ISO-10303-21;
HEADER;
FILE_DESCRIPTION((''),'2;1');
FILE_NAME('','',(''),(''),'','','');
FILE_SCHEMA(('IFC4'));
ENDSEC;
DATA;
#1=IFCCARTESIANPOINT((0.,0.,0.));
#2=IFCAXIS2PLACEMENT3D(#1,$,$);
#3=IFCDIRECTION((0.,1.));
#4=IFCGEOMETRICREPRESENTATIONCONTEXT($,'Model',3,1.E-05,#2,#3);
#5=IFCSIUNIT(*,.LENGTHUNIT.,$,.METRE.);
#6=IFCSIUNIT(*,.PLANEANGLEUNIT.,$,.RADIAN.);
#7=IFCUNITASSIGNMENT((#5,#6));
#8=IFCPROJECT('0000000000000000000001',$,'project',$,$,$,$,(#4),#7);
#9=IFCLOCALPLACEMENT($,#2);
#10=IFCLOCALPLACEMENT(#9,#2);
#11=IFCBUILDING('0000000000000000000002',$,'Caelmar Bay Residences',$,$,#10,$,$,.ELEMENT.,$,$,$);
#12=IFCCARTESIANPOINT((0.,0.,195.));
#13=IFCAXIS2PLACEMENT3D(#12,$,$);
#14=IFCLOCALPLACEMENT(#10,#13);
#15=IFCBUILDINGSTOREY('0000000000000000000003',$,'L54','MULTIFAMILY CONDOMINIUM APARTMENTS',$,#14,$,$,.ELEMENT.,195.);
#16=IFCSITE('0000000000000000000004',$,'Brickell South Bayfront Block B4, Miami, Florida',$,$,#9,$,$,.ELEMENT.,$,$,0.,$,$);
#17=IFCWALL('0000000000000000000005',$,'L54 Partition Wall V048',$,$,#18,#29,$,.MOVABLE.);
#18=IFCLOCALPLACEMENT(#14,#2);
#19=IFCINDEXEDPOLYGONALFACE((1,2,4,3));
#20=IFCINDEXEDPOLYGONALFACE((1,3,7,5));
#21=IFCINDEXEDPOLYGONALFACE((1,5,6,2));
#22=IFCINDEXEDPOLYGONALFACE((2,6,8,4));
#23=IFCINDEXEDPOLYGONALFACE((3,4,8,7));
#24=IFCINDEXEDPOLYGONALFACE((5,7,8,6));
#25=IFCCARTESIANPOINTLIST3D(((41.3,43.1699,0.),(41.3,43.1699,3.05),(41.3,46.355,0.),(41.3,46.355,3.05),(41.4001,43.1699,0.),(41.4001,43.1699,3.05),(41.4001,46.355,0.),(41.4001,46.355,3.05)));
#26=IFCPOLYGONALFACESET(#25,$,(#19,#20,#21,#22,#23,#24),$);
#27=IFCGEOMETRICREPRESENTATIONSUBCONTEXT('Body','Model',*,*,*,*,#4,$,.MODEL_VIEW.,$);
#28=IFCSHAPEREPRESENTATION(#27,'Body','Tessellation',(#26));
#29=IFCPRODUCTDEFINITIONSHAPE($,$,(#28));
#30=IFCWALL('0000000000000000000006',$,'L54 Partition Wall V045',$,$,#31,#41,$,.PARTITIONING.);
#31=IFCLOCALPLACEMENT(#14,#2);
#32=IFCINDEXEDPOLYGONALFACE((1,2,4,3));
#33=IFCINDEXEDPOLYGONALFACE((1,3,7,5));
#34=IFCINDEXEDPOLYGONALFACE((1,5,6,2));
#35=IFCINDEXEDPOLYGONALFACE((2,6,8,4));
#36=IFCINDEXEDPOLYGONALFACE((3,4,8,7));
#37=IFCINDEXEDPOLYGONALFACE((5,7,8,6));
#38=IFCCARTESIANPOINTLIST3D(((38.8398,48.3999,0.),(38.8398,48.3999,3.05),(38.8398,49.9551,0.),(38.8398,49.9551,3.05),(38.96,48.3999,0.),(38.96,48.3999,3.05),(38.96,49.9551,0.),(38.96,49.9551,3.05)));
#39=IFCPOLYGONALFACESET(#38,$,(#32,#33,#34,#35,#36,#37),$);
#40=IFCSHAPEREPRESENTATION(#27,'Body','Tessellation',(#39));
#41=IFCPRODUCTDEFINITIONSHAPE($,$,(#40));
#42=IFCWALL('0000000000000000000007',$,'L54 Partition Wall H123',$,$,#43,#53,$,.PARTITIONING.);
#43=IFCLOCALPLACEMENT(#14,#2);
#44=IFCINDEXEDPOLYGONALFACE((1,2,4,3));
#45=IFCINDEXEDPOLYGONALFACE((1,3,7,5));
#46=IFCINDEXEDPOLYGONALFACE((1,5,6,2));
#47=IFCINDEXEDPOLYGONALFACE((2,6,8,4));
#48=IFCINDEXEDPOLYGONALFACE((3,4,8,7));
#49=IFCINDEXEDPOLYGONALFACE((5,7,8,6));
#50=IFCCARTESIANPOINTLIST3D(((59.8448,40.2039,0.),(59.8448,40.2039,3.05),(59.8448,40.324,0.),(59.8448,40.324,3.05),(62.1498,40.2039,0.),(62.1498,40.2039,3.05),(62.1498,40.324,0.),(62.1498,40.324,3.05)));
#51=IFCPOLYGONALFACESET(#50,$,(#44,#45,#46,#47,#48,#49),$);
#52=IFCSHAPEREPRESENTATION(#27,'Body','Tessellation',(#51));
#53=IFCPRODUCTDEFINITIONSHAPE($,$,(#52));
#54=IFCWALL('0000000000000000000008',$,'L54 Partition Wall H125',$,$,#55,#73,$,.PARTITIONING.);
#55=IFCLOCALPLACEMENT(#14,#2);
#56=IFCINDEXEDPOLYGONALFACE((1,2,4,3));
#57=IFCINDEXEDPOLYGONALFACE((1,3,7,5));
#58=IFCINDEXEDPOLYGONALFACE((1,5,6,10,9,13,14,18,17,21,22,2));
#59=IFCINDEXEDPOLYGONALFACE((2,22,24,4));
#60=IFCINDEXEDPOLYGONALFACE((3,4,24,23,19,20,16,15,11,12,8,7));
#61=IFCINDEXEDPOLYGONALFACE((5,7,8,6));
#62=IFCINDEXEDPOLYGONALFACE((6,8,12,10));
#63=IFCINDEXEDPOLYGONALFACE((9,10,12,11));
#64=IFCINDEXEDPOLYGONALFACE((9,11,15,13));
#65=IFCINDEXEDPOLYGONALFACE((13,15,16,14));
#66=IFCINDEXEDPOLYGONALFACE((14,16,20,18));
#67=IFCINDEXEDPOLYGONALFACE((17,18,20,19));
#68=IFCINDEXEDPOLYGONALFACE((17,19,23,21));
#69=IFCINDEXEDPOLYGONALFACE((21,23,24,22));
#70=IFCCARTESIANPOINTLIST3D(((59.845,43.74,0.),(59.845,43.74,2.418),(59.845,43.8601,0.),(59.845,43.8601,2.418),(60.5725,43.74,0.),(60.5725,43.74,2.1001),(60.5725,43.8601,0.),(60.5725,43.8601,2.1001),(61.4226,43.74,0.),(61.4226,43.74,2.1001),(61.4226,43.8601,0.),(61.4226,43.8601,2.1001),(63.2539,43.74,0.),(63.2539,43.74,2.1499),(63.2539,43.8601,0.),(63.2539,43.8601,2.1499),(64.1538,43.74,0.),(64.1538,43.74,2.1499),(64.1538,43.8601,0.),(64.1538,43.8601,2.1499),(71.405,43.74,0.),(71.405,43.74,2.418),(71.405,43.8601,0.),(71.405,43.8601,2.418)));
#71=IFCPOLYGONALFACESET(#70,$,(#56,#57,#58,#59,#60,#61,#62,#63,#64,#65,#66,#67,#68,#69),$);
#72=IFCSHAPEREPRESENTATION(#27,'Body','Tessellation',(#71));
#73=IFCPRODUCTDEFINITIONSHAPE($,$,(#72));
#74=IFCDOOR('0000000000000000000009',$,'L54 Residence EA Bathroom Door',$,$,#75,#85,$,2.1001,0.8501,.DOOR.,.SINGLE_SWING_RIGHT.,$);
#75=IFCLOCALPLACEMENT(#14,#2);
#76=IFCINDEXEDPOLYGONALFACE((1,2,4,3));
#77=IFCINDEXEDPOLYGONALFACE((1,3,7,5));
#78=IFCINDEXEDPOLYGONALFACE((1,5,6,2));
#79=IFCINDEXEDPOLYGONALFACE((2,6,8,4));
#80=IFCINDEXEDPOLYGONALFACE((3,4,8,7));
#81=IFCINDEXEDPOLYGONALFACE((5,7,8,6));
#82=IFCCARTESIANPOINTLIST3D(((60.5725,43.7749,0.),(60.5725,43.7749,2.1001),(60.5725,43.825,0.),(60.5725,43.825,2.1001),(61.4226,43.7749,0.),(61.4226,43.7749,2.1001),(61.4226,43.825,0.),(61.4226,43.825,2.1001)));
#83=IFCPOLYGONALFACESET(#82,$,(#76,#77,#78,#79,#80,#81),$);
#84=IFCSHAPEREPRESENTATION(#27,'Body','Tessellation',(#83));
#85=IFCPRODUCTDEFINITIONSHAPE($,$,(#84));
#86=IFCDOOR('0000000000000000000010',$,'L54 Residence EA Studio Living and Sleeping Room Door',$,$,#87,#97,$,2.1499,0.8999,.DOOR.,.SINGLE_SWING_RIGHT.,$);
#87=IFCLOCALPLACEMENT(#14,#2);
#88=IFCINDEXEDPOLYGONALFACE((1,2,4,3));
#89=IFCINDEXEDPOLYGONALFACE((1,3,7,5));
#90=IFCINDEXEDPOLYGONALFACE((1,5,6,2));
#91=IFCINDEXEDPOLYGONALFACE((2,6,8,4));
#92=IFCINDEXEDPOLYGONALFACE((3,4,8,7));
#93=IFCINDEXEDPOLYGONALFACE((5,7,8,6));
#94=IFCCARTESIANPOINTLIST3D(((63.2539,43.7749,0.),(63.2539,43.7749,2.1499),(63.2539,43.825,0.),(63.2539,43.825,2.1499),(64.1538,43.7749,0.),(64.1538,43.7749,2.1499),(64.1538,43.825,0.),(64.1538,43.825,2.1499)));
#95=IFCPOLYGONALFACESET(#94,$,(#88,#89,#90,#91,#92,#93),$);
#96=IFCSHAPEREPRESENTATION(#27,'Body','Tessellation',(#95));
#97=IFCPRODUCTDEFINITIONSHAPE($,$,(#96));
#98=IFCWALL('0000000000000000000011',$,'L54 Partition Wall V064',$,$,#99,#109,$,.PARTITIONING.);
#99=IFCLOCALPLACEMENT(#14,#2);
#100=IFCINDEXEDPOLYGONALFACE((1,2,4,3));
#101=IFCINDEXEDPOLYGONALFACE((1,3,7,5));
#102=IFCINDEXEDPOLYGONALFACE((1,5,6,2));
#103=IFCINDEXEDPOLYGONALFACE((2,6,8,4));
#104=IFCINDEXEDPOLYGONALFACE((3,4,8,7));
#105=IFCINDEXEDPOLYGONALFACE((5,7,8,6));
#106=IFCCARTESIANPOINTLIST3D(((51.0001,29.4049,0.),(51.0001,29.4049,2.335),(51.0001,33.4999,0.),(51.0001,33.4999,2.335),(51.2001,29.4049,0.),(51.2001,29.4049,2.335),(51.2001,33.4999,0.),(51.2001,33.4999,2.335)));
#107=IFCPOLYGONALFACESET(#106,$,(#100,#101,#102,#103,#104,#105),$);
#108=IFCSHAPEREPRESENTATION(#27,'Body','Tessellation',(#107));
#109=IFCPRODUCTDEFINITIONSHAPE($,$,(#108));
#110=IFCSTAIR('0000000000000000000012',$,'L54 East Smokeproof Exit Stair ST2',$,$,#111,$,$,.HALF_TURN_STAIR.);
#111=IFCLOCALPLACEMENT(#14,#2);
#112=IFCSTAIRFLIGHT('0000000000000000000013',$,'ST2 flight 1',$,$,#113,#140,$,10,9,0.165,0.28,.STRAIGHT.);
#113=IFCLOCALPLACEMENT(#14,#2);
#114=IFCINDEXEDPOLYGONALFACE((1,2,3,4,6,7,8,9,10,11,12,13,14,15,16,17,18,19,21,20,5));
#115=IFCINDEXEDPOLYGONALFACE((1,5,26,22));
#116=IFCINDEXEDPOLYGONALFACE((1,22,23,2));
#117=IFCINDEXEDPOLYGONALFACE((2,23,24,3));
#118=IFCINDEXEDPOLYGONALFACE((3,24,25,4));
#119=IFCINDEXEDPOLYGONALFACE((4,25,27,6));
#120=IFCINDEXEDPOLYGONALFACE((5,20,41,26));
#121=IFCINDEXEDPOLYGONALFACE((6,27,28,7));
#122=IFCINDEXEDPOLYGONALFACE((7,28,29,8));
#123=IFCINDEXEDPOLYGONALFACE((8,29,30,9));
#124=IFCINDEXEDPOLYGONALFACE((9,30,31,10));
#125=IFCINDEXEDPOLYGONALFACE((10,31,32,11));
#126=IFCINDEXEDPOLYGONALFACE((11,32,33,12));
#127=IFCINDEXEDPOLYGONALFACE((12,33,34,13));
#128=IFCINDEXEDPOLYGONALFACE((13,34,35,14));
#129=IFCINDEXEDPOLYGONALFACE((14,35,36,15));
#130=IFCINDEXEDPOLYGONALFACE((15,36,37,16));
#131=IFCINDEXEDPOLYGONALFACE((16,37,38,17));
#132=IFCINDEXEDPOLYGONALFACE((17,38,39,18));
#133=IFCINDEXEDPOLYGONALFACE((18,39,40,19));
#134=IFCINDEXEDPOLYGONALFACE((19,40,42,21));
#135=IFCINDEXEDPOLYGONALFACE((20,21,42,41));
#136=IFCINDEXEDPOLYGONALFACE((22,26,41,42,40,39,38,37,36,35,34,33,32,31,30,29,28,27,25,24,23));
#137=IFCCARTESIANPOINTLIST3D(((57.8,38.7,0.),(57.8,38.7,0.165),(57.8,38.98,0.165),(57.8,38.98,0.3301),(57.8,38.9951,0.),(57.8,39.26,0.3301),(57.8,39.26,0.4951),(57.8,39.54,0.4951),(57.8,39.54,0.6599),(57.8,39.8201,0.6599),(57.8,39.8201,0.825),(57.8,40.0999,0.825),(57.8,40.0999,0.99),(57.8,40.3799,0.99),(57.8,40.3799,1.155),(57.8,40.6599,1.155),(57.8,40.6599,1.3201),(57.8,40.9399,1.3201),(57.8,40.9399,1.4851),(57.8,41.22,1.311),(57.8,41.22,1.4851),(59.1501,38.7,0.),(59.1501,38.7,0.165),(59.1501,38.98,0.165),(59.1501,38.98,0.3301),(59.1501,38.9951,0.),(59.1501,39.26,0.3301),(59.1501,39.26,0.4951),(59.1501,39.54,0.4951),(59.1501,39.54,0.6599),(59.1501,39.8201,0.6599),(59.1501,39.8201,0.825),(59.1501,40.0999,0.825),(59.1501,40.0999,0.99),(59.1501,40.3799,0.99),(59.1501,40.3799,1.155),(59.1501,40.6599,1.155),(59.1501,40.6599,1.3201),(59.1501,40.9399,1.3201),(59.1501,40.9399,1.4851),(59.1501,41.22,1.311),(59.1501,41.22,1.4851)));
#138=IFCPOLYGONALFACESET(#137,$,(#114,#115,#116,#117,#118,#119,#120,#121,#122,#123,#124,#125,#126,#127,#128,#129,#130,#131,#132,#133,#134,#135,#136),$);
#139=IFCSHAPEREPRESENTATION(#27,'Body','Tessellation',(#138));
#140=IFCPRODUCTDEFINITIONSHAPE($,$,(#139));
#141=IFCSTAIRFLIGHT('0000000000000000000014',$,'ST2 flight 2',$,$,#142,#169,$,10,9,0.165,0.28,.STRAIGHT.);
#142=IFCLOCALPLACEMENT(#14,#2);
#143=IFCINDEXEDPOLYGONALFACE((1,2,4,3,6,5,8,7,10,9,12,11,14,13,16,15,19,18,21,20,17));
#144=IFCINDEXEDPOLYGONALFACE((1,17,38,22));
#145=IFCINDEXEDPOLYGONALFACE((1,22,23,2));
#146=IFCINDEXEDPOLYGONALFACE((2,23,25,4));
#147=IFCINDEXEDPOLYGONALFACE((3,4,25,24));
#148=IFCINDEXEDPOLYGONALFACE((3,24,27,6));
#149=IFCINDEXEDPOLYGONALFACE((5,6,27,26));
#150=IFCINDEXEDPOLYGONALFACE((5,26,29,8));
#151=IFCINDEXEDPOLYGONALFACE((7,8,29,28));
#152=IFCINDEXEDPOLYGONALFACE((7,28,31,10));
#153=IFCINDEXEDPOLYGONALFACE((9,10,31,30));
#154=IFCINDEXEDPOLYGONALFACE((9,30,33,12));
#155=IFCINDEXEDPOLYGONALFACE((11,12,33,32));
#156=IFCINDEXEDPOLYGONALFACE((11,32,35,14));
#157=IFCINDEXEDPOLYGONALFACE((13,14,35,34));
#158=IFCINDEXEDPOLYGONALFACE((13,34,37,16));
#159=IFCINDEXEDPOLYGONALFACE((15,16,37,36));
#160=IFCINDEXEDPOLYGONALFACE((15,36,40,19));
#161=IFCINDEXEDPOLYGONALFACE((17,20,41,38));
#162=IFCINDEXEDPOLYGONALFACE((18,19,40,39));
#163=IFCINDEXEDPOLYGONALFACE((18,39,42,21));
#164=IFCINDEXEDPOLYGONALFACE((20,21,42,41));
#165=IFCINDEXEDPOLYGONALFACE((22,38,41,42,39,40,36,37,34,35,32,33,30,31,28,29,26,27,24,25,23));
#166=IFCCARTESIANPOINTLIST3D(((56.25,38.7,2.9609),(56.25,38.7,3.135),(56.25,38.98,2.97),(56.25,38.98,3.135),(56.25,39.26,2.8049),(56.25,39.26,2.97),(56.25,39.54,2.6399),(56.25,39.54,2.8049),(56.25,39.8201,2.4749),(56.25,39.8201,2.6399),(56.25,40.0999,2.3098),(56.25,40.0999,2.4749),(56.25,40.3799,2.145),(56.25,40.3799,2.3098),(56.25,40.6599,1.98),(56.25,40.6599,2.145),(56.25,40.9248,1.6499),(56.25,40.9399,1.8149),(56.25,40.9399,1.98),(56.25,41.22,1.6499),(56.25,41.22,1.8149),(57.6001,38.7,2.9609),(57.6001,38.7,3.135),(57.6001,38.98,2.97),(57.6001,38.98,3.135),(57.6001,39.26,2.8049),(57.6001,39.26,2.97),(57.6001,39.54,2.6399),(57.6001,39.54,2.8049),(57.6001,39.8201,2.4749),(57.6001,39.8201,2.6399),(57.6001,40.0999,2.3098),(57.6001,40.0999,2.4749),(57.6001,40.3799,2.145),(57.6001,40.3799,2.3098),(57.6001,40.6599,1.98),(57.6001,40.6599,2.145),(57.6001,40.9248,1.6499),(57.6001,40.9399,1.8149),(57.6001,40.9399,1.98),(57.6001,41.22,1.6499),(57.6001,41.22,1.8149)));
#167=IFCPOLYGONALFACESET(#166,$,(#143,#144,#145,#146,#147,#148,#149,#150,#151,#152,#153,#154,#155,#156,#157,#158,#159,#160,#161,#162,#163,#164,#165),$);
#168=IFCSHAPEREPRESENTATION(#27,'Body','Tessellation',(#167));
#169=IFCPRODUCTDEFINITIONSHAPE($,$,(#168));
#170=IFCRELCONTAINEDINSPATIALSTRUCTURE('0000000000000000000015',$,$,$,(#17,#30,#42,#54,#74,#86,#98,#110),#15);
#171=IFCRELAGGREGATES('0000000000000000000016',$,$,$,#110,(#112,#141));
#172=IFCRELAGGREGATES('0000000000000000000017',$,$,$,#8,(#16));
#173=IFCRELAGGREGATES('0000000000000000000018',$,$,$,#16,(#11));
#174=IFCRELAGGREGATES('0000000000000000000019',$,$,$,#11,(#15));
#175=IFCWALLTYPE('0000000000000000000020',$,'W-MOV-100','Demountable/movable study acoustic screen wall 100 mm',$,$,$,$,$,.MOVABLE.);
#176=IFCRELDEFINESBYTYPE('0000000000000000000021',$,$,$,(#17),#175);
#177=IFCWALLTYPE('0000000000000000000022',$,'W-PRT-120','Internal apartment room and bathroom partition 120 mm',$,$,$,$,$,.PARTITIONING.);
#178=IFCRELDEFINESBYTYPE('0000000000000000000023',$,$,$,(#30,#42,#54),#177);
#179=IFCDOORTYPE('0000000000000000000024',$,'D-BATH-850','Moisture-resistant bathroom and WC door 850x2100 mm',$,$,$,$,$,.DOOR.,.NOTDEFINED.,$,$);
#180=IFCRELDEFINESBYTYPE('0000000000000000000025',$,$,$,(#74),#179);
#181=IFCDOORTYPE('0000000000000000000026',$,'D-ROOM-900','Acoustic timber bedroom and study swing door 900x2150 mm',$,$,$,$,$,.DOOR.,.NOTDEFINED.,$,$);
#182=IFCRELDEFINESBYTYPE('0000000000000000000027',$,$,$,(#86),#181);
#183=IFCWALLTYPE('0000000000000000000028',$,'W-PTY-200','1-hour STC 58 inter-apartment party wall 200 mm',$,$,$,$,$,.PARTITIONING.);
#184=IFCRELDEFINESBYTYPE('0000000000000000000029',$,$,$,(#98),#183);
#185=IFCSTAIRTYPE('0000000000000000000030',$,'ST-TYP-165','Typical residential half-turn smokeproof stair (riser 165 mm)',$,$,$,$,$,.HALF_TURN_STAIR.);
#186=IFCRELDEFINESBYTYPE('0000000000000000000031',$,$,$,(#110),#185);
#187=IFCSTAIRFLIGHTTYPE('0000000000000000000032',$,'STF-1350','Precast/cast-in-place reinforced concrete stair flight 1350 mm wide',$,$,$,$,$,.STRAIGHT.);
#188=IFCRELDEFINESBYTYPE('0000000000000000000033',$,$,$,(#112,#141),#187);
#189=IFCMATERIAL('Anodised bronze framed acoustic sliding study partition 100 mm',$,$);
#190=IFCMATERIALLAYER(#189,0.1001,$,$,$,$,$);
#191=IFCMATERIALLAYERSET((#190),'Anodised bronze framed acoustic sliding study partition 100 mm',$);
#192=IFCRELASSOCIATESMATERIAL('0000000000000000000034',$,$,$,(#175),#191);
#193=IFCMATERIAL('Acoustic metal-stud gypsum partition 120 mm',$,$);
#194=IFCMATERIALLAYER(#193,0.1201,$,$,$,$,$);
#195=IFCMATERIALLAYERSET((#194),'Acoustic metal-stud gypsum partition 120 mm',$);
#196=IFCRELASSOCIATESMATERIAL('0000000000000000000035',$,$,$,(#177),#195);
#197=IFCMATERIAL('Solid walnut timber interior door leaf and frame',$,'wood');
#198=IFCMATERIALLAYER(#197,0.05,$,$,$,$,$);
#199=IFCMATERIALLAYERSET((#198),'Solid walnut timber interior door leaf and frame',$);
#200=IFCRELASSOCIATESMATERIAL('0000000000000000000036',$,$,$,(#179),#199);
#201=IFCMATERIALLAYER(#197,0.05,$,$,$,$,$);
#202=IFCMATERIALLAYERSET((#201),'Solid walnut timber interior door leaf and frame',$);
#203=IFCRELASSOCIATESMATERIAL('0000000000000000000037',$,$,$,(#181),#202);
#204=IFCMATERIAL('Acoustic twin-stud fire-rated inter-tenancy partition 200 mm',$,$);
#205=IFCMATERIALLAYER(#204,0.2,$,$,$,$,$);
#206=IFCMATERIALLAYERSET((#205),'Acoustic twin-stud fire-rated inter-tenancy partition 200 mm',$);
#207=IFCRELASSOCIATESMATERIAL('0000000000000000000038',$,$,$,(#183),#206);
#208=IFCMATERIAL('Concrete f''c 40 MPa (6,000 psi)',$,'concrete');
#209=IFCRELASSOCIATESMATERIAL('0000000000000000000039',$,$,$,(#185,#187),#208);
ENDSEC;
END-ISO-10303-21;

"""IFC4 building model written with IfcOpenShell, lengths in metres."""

from ifc_helpers import new_model, si_unit, direction, frame, frame_2d, origin, place, context, subcontext, project, spatial, polyline, rectangle, outline, extrude, material, layer, layer_set, type_object, element, fill, aggregate, save


model = new_model("IFC4")

# Units and contexts
model_context = context("Model", 3, precision=1e-05, world=origin(), true_north=direction((0.0, 1.0)))
body_context = subcontext(model_context, "Body", "Model", "MODEL_VIEW")
ifc_project = project(units=[si_unit("LENGTHUNIT", "METRE"), si_unit("PLANEANGLEUNIT", "RADIAN")], contexts=[model_context])

# Site, building, storey
site_placement = place(None, origin())
site = spatial("IfcSite", under=ifc_project, at=site_placement, Name="Brickell South Bayfront Block B4, Miami, Florida", CompositionType="ELEMENT", RefElevation=0.0)
building_placement = place(site_placement, origin())
building = spatial("IfcBuilding", under=site, at=building_placement, Name="Caelmar Bay Residences", CompositionType="ELEMENT")
storey_placement = place(building_placement, frame((0.0, 0.0, 195.0)))
storey = spatial("IfcBuildingStorey", under=building, at=storey_placement, Name="L54", Description="MULTIFAMILY CONDOMINIUM APARTMENTS", CompositionType="ELEMENT", Elevation=195.0)

# Walls
ifc_material_1 = material(Name="Anodised bronze framed acoustic sliding study partition 100 mm")
ifc_layer_1 = layer(ifc_material_1, 0.1001)
ifc_layer_set_1 = layer_set([ifc_layer_1], Name="Anodised bronze framed acoustic sliding study partition 100 mm")
wall_type_1 = type_object("IfcWallType", Name="W-MOV-100", Description="Demountable/movable study acoustic screen wall 100 mm", PredefinedType="MOVABLE", material=ifc_layer_set_1)
wall_1_placement = place(storey_placement, frame((41.3501, 43.1699, 0.0), z_axis=(0.0, 0.0, 1.0), x_axis=(0.0, 1.0, 0.0)))
element("IfcWall", 1, at=wall_1_placement, inside=storey, type_object=wall_type_1, Name="L54 Partition Wall V048", PredefinedType="MOVABLE", context=body_context, shape_type="SweptSolid", body=[
    extrude(rectangle(XDim=3.1851, YDim=0.1001, at=frame_2d((1.5925, 0.0))), origin(), (0.0, 0.0, 1.0), 3.05),
])
ifc_material_2 = material(Name="Acoustic metal-stud gypsum partition 120 mm")
ifc_layer_2 = layer(ifc_material_2, 0.1201)
ifc_layer_set_2 = layer_set([ifc_layer_2], Name="Acoustic metal-stud gypsum partition 120 mm")
wall_type_2 = type_object("IfcWallType", Name="W-PRT-120", Description="Internal apartment room and bathroom partition 120 mm", PredefinedType="PARTITIONING", material=ifc_layer_set_2)
wall_2_placement = place(storey_placement, frame((38.8999, 48.3999, 0.0), z_axis=(0.0, 0.0, 1.0), x_axis=(0.0, 1.0, 0.0)))
element("IfcWall", 2, at=wall_2_placement, inside=storey, type_object=wall_type_2, Name="L54 Partition Wall V045", PredefinedType="PARTITIONING", context=body_context, shape_type="SweptSolid", body=[
    extrude(rectangle(XDim=1.5552, YDim=0.1201, at=frame_2d((0.7776, 0.0))), origin(), (0.0, 0.0, 1.0), 3.05),
])
wall_3_placement = place(storey_placement, frame((59.845, 40.2639, 0.0), z_axis=(0.0, 0.0, 1.0), x_axis=(1.0, 0.0, 0.0)))
element("IfcWall", 3, at=wall_3_placement, inside=storey, type_object=wall_type_2, Name="L54 Partition Wall H123", PredefinedType="PARTITIONING", context=body_context, shape_type="SweptSolid", body=[
    extrude(rectangle(XDim=2.3049, YDim=0.1201, at=frame_2d((1.1523, 0.0))), origin(), (0.0, 0.0, 1.0), 3.05),
])

# Wall, openings, doors
wall_4_placement = place(storey_placement, frame((59.845, 43.8, 0.0), z_axis=(0.0, 0.0, 1.0), x_axis=(1.0, 0.0, 0.0)))
wall_4 = element("IfcWall", 4, at=wall_4_placement, inside=storey, type_object=wall_type_2, Name="L54 Partition Wall H125", PredefinedType="PARTITIONING", context=body_context, shape_type="SweptSolid", body=[
    extrude(rectangle(XDim=11.5601, YDim=0.1201, at=frame_2d((5.78, 0.0))), origin(), (0.0, 0.0, 1.0), 2.418),
])
opening_1_placement = place(wall_4_placement, frame((3.4089, 0.0, 0.0)))
opening_1 = element("IfcOpeningElement", 5, at=opening_1_placement, cuts=wall_4, PredefinedType="OPENING", context=body_context, shape_type="SweptSolid", body=[
    extrude(rectangle(XDim=0.8999, YDim=2.1499, at=frame_2d((0.45, 1.075))), frame((0.0, 0.0701, 0.0), z_axis=(0.0, -1.0, 0.0), x_axis=(1.0, 0.0, 0.0)), (0.0, 0.0, 1.0), 0.1401),
])
opening_2_placement = place(wall_4_placement, frame((0.7275, 0.0, 0.0)))
opening_2 = element("IfcOpeningElement", 6, at=opening_2_placement, cuts=wall_4, PredefinedType="OPENING", context=body_context, shape_type="SweptSolid", body=[
    extrude(rectangle(XDim=0.8501, YDim=2.1001, at=frame_2d((0.425, 1.05))), frame((0.0, 0.0701, 0.0), z_axis=(0.0, -1.0, 0.0), x_axis=(1.0, 0.0, 0.0)), (0.0, 0.0, 1.0), 0.1401),
])
ifc_material_3 = material(Name="Solid walnut timber interior door leaf and frame", Category="wood")
ifc_layer_3 = layer(ifc_material_3, 0.05)
ifc_layer_set_3 = layer_set([ifc_layer_3], Name="Solid walnut timber interior door leaf and frame")
door_type_1 = type_object("IfcDoorType", Name="D-BATH-850", Description="Moisture-resistant bathroom and WC door 850x2100 mm", OperationType="NOTDEFINED", PredefinedType="DOOR", material=ifc_layer_set_3)
door_1_placement = place(opening_2_placement, origin())
door_1 = element("IfcDoor", 7, at=door_1_placement, inside=storey, type_object=door_type_1, Name="L54 Residence EA Bathroom Door", OperationType="SINGLE_SWING_RIGHT", OverallHeight=2.1001, OverallWidth=0.8501, PredefinedType="DOOR", context=body_context, shape_type="SweptSolid", body=[
    extrude(rectangle(XDim=0.8501, YDim=2.1001, at=frame_2d((0.425, 1.05))), frame((0.0, 0.0249, 0.0), z_axis=(0.0, -1.0, 0.0), x_axis=(1.0, 0.0, 0.0)), (0.0, 0.0, 1.0), 0.05),
])
fill(opening_2, door_1)
ifc_layer_4 = layer(ifc_material_3, 0.05)
ifc_layer_set_4 = layer_set([ifc_layer_4], Name="Solid walnut timber interior door leaf and frame")
door_type_2 = type_object("IfcDoorType", Name="D-ROOM-900", Description="Acoustic timber bedroom and study swing door 900x2150 mm", OperationType="NOTDEFINED", PredefinedType="DOOR", material=ifc_layer_set_4)
door_2_placement = place(opening_1_placement, origin())
door_2 = element("IfcDoor", 8, at=door_2_placement, inside=storey, type_object=door_type_2, Name="L54 Residence EA Studio Living and Sleeping Room Door", OperationType="SINGLE_SWING_RIGHT", OverallHeight=2.1499, OverallWidth=0.8999, PredefinedType="DOOR", context=body_context, shape_type="SweptSolid", body=[
    extrude(rectangle(XDim=0.8999, YDim=2.1499, at=frame_2d((0.45, 1.075))), frame((0.0, 0.0249, 0.0), z_axis=(0.0, -1.0, 0.0), x_axis=(1.0, 0.0, 0.0)), (0.0, 0.0, 1.0), 0.05),
])
fill(opening_1, door_2)

# Wall
ifc_material_4 = material(Name="Acoustic twin-stud fire-rated inter-tenancy partition 200 mm")
ifc_layer_5 = layer(ifc_material_4, 0.2)
ifc_layer_set_5 = layer_set([ifc_layer_5], Name="Acoustic twin-stud fire-rated inter-tenancy partition 200 mm")
wall_type_3 = type_object("IfcWallType", Name="W-PTY-200", Description="1-hour STC 58 inter-apartment party wall 200 mm", PredefinedType="PARTITIONING", material=ifc_layer_set_5)
wall_5_placement = place(storey_placement, frame((51.1001, 29.405, 0.0), z_axis=(0.0, 0.0, 1.0), x_axis=(0.0, 1.0, 0.0)))
element("IfcWall", 9, at=wall_5_placement, inside=storey, type_object=wall_type_3, Name="L54 Partition Wall V064", PredefinedType="PARTITIONING", context=body_context, shape_type="SweptSolid", body=[
    extrude(rectangle(XDim=4.095, YDim=0.2, at=frame_2d((2.0474, 0.0))), origin(), (0.0, 0.0, 1.0), 2.335),
])

# Stair, stair flights
ifc_material_5 = material(Name="Concrete f'c 40 MPa (6,000 psi)", Category="concrete")
stair_type = type_object("IfcStairType", Name="ST-TYP-165", Description="Typical residential half-turn smokeproof stair (riser 165 mm)", PredefinedType="HALF_TURN_STAIR", material=ifc_material_5)
stair_placement = place(storey_placement, origin())
stair = element("IfcStair", 10, at=stair_placement, inside=storey, type_object=stair_type, Name="L54 East Smokeproof Exit Stair ST2", PredefinedType="HALF_TURN_STAIR")
stair_flight_type = type_object("IfcStairFlightType", Name="STF-1350", Description="Precast/cast-in-place reinforced concrete stair flight 1350 mm wide", PredefinedType="STRAIGHT", material=ifc_material_5)
stair_flight_1_placement = place(storey_placement, frame((58.4751, 38.7, 0.0), z_axis=(0.0, 0.0, 1.0), x_axis=(0.0, 1.0, 0.0)))
stair_flight_1 = element("IfcStairFlight", 11, at=stair_flight_1_placement, type_object=stair_flight_type, Name="ST2 flight 1", NumberOfRisers=10, NumberOfTreads=9, PredefinedType="STRAIGHT", RiserHeight=0.165, TreadLength=0.28, context=body_context, shape_type="SweptSolid", body=[
    extrude(outline(polyline([(0.0, 0.0), (0.0, 0.165), (0.28, 0.165), (0.28, 0.3301), (0.5601, 0.3301), (0.5601, 0.4951), (0.8401, 0.4951), (0.8401, 0.6599), (1.1201, 0.6599), (1.1201, 0.825), (1.3999, 0.825), (1.3999, 0.99), (1.6799, 0.99), (1.6799, 1.155), (1.96, 1.155), (1.96, 1.3201), (2.24, 1.3201), (2.24, 1.4851), (2.52, 1.4851), (2.52, 1.6499), (2.52, 1.311), (0.2952, 0.0), (0.0, 0.0)])), frame((0.0, 0.675, 0.0), z_axis=(0.0, -1.0, 0.0), x_axis=(1.0, 0.0, 0.0)), (0.0, 0.0, 1.0), 1.3501),
])
stair_flight_2_placement = place(storey_placement, frame((56.925, 41.22, 1.6499), z_axis=(0.0, 0.0, 1.0), x_axis=(0.0, -1.0, 0.0)))
stair_flight_2 = element("IfcStairFlight", 12, at=stair_flight_2_placement, type_object=stair_flight_type, Name="ST2 flight 2", NumberOfRisers=10, NumberOfTreads=9, PredefinedType="STRAIGHT", RiserHeight=0.165, TreadLength=0.28, context=body_context, shape_type="SweptSolid", body=[
    extrude(outline(polyline([(0.0, 0.0), (0.0, 0.165), (0.28, 0.165), (0.28, 0.3301), (0.5601, 0.3301), (0.5601, 0.4951), (0.8401, 0.4951), (0.8401, 0.6599), (1.1201, 0.6599), (1.1201, 0.825), (1.3999, 0.825), (1.3999, 0.99), (1.6799, 0.99), (1.6799, 1.155), (1.96, 1.155), (1.96, 1.3201), (2.24, 1.3201), (2.24, 1.4851), (2.52, 1.4851), (2.52, 1.6499), (2.52, 1.311), (0.2952, 0.0), (0.0, 0.0)])), frame((0.0, 0.675, 0.0), z_axis=(0.0, -1.0, 0.0), x_axis=(1.0, 0.0, 0.0)), (0.0, 0.0, 1.0), 1.3501),
])
aggregate(stair, [stair_flight_1, stair_flight_2])

save(model, "model.ifc")
